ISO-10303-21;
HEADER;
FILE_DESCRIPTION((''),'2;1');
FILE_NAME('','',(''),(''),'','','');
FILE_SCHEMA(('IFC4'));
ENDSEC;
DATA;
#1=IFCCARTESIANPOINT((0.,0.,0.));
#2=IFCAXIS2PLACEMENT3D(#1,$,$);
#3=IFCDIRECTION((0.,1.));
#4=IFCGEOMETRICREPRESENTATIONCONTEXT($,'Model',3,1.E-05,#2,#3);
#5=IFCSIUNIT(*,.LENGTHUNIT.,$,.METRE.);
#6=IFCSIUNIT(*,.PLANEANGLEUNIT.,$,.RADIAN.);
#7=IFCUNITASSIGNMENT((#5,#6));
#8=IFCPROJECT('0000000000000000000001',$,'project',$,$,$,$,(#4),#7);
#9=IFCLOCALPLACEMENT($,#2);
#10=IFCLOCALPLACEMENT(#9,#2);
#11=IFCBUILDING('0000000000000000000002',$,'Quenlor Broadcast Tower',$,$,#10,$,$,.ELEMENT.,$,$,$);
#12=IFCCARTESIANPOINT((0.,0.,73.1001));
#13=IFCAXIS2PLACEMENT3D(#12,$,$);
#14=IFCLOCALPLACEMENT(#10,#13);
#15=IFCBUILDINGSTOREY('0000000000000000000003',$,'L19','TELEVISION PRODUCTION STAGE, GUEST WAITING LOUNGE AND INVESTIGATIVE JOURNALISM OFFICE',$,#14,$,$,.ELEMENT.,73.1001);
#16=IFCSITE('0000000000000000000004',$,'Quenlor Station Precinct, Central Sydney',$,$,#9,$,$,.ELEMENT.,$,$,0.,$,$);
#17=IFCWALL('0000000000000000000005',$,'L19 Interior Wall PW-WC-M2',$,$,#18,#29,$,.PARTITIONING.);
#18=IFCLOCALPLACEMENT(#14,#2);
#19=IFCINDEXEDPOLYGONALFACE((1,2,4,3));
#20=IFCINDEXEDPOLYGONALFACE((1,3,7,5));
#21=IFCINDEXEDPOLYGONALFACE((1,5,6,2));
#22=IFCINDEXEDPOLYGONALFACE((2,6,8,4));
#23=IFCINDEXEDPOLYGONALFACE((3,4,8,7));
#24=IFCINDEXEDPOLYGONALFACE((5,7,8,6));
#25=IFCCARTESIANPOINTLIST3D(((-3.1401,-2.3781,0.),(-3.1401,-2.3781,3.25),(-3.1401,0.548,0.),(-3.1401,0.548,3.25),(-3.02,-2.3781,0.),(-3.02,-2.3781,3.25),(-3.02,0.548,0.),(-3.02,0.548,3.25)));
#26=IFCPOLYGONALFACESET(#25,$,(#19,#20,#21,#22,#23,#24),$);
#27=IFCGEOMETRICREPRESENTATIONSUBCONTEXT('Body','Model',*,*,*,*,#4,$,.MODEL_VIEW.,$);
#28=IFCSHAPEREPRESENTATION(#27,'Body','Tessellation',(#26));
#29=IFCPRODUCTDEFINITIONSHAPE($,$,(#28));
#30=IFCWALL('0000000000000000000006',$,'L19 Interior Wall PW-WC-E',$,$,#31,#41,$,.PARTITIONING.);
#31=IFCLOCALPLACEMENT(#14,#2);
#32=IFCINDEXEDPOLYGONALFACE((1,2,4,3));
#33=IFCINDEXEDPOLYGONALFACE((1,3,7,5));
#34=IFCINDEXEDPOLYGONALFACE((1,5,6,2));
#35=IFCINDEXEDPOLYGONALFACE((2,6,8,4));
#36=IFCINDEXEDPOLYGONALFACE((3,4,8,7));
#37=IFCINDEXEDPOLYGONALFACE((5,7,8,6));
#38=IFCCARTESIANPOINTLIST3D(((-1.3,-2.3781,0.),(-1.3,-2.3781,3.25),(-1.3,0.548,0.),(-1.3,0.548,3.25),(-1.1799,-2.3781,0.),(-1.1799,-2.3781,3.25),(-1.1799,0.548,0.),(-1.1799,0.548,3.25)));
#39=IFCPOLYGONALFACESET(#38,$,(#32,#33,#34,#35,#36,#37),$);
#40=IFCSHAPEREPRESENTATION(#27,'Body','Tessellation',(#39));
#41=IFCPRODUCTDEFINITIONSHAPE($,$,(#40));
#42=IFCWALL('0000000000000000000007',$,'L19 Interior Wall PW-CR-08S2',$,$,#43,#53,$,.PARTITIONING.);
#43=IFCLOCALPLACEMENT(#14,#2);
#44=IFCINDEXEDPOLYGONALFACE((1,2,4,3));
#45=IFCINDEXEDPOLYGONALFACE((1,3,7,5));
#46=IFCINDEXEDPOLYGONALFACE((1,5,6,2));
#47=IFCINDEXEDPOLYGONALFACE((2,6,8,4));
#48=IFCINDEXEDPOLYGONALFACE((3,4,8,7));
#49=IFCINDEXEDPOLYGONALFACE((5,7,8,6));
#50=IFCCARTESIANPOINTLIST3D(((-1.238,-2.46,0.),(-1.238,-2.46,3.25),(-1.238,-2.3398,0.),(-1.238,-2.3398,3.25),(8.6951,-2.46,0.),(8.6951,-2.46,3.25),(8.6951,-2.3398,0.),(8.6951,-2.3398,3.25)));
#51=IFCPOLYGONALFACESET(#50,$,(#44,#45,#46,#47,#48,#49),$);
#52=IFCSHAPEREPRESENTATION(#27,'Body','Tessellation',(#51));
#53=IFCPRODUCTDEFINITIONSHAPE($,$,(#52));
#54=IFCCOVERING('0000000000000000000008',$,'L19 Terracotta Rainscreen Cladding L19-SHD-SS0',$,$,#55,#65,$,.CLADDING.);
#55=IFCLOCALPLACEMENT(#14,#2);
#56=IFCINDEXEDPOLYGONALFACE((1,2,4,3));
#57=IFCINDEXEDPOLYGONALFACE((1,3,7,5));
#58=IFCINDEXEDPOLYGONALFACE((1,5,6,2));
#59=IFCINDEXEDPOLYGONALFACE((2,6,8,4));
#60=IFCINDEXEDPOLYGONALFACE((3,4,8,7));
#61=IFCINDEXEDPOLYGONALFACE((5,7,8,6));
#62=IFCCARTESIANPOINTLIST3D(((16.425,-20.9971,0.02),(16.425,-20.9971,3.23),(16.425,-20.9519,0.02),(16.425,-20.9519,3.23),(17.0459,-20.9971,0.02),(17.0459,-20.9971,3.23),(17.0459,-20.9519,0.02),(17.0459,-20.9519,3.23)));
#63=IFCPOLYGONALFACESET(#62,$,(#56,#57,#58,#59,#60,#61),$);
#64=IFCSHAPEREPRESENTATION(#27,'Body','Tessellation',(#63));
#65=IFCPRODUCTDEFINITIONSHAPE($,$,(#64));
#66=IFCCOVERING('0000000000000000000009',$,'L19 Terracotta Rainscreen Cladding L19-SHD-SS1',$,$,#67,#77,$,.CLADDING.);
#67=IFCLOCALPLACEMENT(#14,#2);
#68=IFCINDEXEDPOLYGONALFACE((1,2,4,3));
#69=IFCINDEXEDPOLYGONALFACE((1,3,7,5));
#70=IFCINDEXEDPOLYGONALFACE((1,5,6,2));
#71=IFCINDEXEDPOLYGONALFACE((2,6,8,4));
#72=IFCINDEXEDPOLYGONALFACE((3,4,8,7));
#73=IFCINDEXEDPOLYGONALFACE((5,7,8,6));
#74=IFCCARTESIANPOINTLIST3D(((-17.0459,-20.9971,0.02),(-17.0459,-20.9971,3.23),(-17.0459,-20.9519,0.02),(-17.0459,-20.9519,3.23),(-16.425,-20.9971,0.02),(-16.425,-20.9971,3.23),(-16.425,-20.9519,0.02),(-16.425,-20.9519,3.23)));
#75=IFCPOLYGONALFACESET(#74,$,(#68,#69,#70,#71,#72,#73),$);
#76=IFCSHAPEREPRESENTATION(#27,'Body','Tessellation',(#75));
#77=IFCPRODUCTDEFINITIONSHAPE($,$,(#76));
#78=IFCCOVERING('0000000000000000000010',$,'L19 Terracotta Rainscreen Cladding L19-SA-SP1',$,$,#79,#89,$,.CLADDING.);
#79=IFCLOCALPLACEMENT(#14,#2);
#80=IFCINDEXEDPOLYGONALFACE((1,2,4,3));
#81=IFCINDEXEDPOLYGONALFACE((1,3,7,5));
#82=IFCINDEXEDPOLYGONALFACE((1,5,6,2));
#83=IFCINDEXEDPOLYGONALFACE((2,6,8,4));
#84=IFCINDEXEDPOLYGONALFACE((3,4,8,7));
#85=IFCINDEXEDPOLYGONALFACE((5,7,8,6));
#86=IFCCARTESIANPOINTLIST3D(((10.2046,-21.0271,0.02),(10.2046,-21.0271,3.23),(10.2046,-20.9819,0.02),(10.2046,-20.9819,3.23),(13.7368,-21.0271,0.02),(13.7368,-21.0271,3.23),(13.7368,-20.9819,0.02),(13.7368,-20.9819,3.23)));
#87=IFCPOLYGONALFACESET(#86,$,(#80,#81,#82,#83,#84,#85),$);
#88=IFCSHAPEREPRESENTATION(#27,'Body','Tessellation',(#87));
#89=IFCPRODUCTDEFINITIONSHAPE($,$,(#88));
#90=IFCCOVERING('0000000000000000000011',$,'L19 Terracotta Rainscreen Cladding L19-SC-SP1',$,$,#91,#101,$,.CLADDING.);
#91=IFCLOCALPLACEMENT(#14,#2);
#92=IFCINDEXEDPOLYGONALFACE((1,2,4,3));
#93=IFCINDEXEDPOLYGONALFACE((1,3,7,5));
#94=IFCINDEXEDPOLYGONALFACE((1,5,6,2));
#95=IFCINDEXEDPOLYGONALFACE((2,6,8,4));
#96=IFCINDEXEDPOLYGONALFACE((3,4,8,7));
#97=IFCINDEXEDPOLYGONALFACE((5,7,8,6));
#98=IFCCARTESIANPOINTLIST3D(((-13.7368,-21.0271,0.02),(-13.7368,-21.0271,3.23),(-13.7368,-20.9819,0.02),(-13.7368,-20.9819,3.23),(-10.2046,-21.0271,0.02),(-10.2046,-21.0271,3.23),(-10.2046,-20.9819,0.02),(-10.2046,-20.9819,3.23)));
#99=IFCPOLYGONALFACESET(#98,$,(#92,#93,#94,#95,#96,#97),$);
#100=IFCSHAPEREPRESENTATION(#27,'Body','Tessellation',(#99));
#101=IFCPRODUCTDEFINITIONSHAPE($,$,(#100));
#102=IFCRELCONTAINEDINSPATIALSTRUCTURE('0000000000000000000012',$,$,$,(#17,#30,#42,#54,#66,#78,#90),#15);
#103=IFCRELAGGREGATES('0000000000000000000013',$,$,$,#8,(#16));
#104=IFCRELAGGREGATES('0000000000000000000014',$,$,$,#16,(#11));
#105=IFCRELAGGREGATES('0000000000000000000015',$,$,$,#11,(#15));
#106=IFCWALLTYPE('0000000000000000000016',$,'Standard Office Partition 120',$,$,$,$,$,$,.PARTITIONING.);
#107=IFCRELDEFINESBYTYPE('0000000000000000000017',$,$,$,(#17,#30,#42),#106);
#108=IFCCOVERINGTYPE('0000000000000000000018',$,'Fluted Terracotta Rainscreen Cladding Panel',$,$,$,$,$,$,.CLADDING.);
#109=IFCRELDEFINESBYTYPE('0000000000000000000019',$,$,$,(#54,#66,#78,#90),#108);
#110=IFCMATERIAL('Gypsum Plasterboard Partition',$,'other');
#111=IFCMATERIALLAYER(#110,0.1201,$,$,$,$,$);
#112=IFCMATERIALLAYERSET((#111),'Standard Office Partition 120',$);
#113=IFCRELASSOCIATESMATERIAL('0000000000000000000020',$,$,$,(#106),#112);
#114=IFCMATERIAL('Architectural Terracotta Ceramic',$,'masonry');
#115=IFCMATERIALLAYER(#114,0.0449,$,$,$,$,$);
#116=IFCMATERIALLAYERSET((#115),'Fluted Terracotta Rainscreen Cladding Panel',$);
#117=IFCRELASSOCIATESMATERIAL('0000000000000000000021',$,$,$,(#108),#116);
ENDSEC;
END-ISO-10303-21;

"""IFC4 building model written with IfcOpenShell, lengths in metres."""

from ifc_helpers import new_model, si_unit, direction, frame, frame_2d, origin, place, context, subcontext, project, spatial, polyline, rectangle, outline, extrude, material, layer, layer_set, type_object, element, save


model = new_model("IFC4")

# Units and contexts
model_context = context("Model", 3, precision=1e-05, world=origin(), true_north=direction((0.0, 1.0)))
body_context = subcontext(model_context, "Body", "Model", "MODEL_VIEW")
ifc_project = project(units=[si_unit("LENGTHUNIT", "METRE"), si_unit("PLANEANGLEUNIT", "RADIAN")], contexts=[model_context])

# Site, building, storey
site_placement = place(None, origin())
site = spatial("IfcSite", under=ifc_project, at=site_placement, Name="Quenlor Station Precinct, Central Sydney", CompositionType="ELEMENT", RefElevation=0.0)
building_placement = place(site_placement, origin())
building = spatial("IfcBuilding", under=site, at=building_placement, Name="Quenlor Broadcast Tower", CompositionType="ELEMENT")
storey_placement = place(building_placement, frame((0.0, 0.0, 73.1001)))
storey = spatial("IfcBuildingStorey", under=building, at=storey_placement, Name="L19", Description="TELEVISION PRODUCTION STAGE, GUEST WAITING LOUNGE AND INVESTIGATIVE JOURNALISM OFFICE", CompositionType="ELEMENT", Elevation=73.1001)

# Shared definitions
ifc_material_1 = material(Name="Gypsum Plasterboard Partition", Category="other")
ifc_layer_1 = layer(ifc_material_1, 0.1201)
ifc_layer_set_1 = layer_set([ifc_layer_1], Name="Standard Office Partition 120")
wall_type = type_object("IfcWallType", Name="Standard Office Partition 120", PredefinedType="PARTITIONING", material=ifc_layer_set_1)

# Walls
for number, where, z_axis, x_axis, name in (
    (1, (-3.0801, -2.3779, 0.0), (0.0, 0.0, 1.0), (0.0, 1.0, 0.0), "L19 Interior Wall PW-WC-M2"),
    (2, (-1.24, -2.3779, 0.0), (0.0, 0.0, 1.0), (0.0, 1.0, 0.0), "L19 Interior Wall PW-WC-E"),
):
    element("IfcWall", number, at=place(storey_placement, frame(where, z_axis=z_axis, x_axis=x_axis)), inside=storey, type_object=wall_type, Name=name, PredefinedType="PARTITIONING", context=body_context, shape_type="SweptSolid", body=[
        extrude(rectangle(XDim=2.926, YDim=0.1201, at=frame_2d((1.4629, 0.0))), origin(), (0.0, 0.0, 1.0), 3.25),
    ])
wall_1_placement = place(storey_placement, frame((-1.238, -2.3999, 0.0), z_axis=(0.0, 0.0, 1.0), x_axis=(1.0, 0.0, 0.0)))
element("IfcWall", 3, at=wall_1_placement, inside=storey, type_object=wall_type, Name="L19 Interior Wall PW-CR-08S2", PredefinedType="PARTITIONING", context=body_context, shape_type="SweptSolid", body=[
    extrude(rectangle(XDim=9.9331, YDim=0.1201, at=frame_2d((4.9666, 0.0))), origin(), (0.0, 0.0, 1.0), 3.25),
])

# Coverings
ifc_material_2 = material(Name="Architectural Terracotta Ceramic", Category="masonry")
ifc_layer_2 = layer(ifc_material_2, 0.0449)
ifc_layer_set_2 = layer_set([ifc_layer_2], Name="Fluted Terracotta Rainscreen Cladding Panel")
covering_type = type_object("IfcCoveringType", Name="Fluted Terracotta Rainscreen Cladding Panel", PredefinedType="CLADDING", material=ifc_layer_set_2)
covering_1_placement = place(storey_placement, frame((0.0, 0.0, 0.02)))
element("IfcCovering", 4, at=covering_1_placement, inside=storey, type_object=covering_type, Name="L19 Terracotta Rainscreen Cladding L19-SHD-SS0", PredefinedType="CLADDING", context=body_context, shape_type="SweptSolid", body=[
    extrude(outline(polyline([(17.0459, -20.9519), (16.425, -20.9519), (16.425, -20.9971), (17.0459, -20.9971), (17.0459, -20.9519)])), origin(), (0.0, 0.0, 1.0), 3.21),
])
covering_2_placement = place(storey_placement, frame((0.0, 0.0, 0.02)))
element("IfcCovering", 5, at=covering_2_placement, inside=storey, type_object=covering_type, Name="L19 Terracotta Rainscreen Cladding L19-SHD-SS1", PredefinedType="CLADDING", context=body_context, shape_type="SweptSolid", body=[
    extrude(outline(polyline([(-16.425, -20.9519), (-17.0459, -20.9519), (-17.0459, -20.9971), (-16.425, -20.9971), (-16.425, -20.9519)])), origin(), (0.0, 0.0, 1.0), 3.21),
])
covering_3_placement = place(storey_placement, frame((0.0, 0.0, 0.02)))
element("IfcCovering", 6, at=covering_3_placement, inside=storey, type_object=covering_type, Name="L19 Terracotta Rainscreen Cladding L19-SA-SP1", PredefinedType="CLADDING", context=body_context, shape_type="SweptSolid", body=[
    extrude(outline(polyline([(13.7368, -20.9819), (10.2046, -20.9819), (10.2046, -21.0271), (13.7368, -21.0271), (13.7368, -20.9819)])), origin(), (0.0, 0.0, 1.0), 3.21),
])
covering_4_placement = place(storey_placement, frame((0.0, 0.0, 0.02)))
element("IfcCovering", 7, at=covering_4_placement, inside=storey, type_object=covering_type, Name="L19 Terracotta Rainscreen Cladding L19-SC-SP1", PredefinedType="CLADDING", context=body_context, shape_type="SweptSolid", body=[
    extrude(outline(polyline([(-10.2046, -20.9819), (-13.7368, -20.9819), (-13.7368, -21.0271), (-10.2046, -21.0271), (-10.2046, -20.9819)])), origin(), (0.0, 0.0, 1.0), 3.21),
])

save(model, "model.ifc")
